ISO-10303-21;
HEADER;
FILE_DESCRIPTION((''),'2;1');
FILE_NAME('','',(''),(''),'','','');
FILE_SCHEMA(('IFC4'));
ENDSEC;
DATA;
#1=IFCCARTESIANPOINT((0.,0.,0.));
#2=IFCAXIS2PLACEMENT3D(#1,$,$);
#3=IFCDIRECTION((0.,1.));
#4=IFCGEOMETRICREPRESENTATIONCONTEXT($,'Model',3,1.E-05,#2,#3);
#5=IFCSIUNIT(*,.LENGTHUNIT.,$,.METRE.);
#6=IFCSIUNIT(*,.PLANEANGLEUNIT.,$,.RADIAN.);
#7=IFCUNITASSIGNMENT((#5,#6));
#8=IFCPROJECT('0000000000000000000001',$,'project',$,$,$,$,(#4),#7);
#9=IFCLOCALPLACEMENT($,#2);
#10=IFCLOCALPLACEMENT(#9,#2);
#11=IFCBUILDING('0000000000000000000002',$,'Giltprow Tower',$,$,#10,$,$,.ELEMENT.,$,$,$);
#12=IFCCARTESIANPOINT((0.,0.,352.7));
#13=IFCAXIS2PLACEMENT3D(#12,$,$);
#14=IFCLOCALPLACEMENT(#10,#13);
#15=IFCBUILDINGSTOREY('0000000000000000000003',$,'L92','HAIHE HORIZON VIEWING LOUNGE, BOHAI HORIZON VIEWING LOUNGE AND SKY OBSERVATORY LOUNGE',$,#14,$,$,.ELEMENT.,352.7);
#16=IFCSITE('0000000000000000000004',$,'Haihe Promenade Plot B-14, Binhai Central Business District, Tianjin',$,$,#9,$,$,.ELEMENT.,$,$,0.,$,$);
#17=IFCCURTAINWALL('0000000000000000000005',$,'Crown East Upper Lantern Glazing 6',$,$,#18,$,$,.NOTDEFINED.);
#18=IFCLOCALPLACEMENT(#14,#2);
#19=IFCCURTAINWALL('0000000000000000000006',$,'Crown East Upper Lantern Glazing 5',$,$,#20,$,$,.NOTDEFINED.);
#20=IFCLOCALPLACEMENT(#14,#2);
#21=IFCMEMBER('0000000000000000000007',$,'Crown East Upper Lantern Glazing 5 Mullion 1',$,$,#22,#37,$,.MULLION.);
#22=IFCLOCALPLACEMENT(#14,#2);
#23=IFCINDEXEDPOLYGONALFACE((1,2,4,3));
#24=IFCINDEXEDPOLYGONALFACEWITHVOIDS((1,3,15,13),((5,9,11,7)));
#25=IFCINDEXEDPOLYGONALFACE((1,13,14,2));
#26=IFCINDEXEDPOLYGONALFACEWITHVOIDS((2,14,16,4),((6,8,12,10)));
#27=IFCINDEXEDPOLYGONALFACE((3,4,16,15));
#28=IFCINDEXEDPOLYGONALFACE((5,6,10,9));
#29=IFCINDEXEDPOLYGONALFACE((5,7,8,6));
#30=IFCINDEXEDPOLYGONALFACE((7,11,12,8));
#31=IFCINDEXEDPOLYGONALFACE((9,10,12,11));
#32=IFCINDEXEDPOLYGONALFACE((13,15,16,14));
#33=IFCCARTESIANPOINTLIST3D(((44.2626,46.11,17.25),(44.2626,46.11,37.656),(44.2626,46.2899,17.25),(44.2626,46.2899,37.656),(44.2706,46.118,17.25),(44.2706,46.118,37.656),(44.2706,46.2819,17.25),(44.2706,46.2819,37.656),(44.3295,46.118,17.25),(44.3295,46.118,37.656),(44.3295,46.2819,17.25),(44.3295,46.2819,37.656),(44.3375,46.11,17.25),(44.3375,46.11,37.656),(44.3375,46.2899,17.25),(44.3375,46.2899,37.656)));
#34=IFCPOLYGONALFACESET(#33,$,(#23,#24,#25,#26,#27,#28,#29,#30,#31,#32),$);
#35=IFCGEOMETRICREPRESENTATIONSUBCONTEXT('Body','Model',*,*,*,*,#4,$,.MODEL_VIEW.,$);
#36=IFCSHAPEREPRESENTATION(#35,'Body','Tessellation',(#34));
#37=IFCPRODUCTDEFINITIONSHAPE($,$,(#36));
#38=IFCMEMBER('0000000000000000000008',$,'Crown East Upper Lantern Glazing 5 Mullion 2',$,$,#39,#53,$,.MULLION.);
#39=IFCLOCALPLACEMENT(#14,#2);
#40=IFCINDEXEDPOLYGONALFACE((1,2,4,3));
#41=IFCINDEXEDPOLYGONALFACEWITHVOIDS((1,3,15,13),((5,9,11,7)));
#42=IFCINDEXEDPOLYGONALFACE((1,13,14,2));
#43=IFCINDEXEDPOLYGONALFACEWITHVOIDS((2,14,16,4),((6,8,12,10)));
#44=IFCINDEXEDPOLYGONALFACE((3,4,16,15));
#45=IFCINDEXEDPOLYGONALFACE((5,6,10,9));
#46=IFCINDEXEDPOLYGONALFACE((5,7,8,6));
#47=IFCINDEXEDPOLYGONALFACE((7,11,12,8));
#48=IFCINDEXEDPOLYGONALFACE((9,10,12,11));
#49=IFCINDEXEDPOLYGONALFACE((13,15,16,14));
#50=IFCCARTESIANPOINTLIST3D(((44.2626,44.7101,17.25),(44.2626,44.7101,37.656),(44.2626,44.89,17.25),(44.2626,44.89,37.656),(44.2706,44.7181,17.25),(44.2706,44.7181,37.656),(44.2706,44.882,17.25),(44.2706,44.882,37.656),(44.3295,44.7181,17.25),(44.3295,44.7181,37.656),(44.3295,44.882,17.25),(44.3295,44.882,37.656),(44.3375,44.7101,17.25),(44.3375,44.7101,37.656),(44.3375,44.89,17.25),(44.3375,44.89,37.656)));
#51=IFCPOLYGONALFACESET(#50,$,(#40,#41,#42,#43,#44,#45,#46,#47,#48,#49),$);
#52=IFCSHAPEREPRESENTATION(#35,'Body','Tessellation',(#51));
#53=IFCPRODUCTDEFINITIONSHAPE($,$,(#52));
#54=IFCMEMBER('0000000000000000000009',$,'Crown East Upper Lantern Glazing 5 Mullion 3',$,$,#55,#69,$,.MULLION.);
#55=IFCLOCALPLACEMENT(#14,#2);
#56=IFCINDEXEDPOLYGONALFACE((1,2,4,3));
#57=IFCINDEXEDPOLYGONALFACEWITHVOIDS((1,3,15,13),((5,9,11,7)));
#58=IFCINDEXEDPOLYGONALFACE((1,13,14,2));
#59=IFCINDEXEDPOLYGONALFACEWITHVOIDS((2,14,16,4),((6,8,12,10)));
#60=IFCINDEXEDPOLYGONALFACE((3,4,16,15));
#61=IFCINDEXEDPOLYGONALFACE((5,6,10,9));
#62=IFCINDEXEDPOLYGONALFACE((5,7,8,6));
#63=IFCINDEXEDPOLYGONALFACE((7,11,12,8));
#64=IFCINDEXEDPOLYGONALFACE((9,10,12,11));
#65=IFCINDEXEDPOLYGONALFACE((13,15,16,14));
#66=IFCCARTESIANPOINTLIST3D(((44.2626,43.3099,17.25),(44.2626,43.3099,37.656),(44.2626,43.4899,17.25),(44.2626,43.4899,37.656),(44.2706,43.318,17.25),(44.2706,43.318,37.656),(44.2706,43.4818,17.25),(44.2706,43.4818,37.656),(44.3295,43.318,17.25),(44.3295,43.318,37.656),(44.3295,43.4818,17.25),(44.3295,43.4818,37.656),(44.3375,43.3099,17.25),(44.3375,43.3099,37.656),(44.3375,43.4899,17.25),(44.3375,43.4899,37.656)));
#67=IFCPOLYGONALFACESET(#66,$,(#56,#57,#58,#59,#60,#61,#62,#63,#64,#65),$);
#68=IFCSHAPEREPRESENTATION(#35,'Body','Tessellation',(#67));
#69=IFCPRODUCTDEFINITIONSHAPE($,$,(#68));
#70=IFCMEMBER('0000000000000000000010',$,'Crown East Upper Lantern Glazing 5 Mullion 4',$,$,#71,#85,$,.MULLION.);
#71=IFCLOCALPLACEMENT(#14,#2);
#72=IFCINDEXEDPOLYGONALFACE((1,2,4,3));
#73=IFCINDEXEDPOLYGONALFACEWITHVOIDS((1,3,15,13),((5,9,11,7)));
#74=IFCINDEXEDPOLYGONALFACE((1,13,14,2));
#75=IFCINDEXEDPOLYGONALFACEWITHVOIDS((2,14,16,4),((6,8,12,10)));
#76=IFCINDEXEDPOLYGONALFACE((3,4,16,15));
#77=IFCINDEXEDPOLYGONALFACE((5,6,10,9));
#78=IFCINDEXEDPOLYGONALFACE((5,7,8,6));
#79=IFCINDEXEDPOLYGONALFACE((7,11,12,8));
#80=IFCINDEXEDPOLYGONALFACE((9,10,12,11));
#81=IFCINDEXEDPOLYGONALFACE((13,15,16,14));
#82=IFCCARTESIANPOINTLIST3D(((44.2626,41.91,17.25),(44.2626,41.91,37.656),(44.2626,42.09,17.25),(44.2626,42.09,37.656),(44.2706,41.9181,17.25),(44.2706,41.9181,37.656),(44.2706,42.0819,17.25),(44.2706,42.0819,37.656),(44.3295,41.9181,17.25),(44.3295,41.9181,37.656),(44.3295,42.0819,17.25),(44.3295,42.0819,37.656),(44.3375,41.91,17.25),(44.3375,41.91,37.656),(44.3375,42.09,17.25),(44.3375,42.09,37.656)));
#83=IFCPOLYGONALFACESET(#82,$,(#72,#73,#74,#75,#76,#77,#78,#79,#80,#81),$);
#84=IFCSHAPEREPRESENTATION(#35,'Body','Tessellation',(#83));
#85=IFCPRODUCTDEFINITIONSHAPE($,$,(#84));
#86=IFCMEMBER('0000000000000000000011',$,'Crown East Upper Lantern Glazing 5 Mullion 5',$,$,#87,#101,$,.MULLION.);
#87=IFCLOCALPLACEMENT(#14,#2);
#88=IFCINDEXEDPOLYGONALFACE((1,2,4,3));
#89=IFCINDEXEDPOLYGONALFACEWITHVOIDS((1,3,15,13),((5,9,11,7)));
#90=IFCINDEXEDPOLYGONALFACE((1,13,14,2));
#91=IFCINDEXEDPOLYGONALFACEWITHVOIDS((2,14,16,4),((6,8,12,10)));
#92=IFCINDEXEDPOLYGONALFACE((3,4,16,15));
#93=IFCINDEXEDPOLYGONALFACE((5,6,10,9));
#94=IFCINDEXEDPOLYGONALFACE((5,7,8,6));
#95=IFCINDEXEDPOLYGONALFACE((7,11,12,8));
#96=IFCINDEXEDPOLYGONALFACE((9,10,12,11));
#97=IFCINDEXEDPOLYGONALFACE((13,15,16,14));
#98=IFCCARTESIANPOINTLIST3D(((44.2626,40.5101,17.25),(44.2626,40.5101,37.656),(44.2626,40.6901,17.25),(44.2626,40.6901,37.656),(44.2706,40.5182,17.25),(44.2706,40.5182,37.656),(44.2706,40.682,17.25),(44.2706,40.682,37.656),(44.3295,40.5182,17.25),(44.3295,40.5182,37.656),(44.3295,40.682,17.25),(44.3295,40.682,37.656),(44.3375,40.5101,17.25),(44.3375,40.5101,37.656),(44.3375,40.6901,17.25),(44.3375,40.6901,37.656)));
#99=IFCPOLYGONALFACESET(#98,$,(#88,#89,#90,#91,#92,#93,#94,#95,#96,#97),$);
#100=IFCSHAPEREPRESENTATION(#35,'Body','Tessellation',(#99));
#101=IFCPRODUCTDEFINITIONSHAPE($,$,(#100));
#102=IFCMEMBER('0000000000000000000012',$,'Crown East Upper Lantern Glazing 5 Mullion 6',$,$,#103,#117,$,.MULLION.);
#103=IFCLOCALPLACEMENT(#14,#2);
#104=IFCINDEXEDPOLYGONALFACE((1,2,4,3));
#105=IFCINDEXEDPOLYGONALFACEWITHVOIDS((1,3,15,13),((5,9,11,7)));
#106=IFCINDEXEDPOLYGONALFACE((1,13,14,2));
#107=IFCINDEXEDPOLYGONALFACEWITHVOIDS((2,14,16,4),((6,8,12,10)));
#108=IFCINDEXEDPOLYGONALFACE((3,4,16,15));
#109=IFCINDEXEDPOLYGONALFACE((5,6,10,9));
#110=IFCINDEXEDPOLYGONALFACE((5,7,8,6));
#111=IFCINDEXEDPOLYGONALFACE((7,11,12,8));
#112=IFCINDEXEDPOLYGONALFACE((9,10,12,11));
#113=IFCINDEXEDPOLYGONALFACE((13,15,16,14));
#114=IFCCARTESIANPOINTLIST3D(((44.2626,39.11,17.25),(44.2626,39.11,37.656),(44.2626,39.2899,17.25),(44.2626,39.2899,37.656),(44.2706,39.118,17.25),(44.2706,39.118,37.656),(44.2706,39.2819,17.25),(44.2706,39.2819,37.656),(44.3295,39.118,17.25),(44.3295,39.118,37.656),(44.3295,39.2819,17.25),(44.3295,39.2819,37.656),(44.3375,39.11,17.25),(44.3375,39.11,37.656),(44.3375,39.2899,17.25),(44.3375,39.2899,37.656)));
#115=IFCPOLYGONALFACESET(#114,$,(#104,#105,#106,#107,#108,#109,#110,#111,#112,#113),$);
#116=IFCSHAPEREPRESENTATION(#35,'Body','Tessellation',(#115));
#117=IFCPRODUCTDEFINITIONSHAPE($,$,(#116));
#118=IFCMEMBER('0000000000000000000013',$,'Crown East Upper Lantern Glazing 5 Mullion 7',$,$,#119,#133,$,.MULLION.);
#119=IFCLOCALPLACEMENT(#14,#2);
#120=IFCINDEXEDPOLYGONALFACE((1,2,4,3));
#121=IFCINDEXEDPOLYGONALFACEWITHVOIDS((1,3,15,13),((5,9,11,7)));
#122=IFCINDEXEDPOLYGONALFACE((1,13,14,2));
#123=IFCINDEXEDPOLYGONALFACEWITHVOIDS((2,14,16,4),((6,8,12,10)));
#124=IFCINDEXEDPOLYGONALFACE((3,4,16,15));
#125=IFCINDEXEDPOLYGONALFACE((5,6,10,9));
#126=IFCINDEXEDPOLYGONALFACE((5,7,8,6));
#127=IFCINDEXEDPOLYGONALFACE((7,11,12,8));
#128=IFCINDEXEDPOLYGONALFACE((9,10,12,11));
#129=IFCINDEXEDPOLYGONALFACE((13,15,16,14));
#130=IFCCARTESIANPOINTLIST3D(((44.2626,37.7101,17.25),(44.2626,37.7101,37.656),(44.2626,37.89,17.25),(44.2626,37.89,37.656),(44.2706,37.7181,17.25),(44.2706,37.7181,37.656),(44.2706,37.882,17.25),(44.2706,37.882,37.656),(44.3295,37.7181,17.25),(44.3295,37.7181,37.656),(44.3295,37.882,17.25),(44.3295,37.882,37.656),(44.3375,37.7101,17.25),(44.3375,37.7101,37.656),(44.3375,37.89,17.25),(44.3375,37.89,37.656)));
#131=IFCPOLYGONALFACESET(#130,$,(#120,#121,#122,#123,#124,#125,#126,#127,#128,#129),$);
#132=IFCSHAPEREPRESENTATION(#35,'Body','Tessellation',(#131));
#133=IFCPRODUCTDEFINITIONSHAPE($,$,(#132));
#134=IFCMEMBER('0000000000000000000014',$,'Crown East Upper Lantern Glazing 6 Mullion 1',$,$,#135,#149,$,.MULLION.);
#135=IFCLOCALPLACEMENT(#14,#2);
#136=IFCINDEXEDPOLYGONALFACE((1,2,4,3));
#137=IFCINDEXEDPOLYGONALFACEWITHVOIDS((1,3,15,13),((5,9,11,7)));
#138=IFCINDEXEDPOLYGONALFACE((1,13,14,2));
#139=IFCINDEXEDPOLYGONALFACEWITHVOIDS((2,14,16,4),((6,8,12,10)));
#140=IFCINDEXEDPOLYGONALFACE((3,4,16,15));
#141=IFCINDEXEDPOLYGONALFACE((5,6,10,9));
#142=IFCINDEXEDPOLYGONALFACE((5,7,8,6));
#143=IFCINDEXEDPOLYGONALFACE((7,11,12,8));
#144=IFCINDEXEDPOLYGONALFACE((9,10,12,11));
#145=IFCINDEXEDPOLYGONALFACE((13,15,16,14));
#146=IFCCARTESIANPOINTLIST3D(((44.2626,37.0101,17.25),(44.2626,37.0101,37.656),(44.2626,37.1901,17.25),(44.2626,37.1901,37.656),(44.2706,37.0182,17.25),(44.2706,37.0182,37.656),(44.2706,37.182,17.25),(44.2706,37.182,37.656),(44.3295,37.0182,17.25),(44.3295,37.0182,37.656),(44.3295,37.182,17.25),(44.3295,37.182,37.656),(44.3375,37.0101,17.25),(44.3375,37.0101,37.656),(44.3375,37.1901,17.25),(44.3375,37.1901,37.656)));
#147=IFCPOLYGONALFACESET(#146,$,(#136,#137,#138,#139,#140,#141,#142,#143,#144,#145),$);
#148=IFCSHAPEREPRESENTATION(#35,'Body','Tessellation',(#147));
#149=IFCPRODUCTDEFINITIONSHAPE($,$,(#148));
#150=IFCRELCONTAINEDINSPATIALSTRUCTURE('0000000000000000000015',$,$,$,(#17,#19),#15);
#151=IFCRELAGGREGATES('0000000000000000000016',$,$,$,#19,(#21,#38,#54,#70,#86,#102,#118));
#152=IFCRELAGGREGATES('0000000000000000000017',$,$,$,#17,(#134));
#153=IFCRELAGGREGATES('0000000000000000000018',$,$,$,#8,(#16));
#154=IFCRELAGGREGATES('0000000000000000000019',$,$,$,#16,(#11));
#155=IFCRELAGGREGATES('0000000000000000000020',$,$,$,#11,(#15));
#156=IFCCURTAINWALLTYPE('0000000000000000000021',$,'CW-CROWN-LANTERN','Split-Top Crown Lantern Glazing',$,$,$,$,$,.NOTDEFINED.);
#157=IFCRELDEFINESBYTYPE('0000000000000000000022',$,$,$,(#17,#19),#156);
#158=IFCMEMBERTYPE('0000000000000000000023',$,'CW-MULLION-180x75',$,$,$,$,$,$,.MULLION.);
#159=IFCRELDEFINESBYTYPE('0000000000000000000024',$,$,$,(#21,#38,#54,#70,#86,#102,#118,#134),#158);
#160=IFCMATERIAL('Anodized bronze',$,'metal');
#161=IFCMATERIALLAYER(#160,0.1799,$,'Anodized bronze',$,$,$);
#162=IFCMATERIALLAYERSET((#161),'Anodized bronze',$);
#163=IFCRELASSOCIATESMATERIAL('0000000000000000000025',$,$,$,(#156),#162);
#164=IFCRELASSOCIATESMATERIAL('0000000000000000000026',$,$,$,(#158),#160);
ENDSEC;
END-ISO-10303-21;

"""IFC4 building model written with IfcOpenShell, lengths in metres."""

from ifc_helpers import new_model, si_unit, direction, frame, origin, origin_2d, place, context, subcontext, project, spatial, hollow_rectangle, extrude, source, transform, mapped, material, layer, layer_set, material_profile, profile_set, type_object, element, aggregate, save


model = new_model("IFC4")

# Units and contexts
model_context = context("Model", 3, precision=1e-05, world=origin(), true_north=direction((0.0, 1.0)))
body_context = subcontext(model_context, "Body", "Model", "MODEL_VIEW")
ifc_project = project(units=[si_unit("LENGTHUNIT", "METRE"), si_unit("PLANEANGLEUNIT", "RADIAN")], contexts=[model_context])

# Site, building, storey
site_placement = place(None, origin())
site = spatial("IfcSite", under=ifc_project, at=site_placement, Name="Haihe Promenade Plot B-14, Binhai Central Business District, Tianjin", CompositionType="ELEMENT", RefElevation=0.0)
building_placement = place(site_placement, origin())
building = spatial("IfcBuilding", under=site, at=building_placement, Name="Giltprow Tower", CompositionType="ELEMENT")
storey_placement = place(building_placement, frame((0.0, 0.0, 352.7)))
storey = spatial("IfcBuildingStorey", under=building, at=storey_placement, Name="L92", Description="HAIHE HORIZON VIEWING LOUNGE, BOHAI HORIZON VIEWING LOUNGE AND SKY OBSERVATORY LOUNGE", CompositionType="ELEMENT", Elevation=352.7)

# Curtain walls
ifc_material_1 = material(Name="Anodized bronze", Category="metal")
ifc_layer = layer(ifc_material_1, 0.1799, Name="Anodized bronze")
ifc_layer_set = layer_set([ifc_layer], Name="Anodized bronze")
curtain_wall_type = type_object("IfcCurtainWallType", Name="CW-CROWN-LANTERN", Description="Split-Top Crown Lantern Glazing", PredefinedType="NOTDEFINED", material=ifc_layer_set)
curtain_wall_1_placement = place(storey_placement, origin())
curtain_wall_1 = element("IfcCurtainWall", 1, at=curtain_wall_1_placement, inside=storey, type_object=curtain_wall_type, Name="Crown East Upper Lantern Glazing 6", PredefinedType="NOTDEFINED")
curtain_wall_2_placement = place(storey_placement, origin())
curtain_wall_2 = element("IfcCurtainWall", 2, at=curtain_wall_2_placement, inside=storey, type_object=curtain_wall_type, Name="Crown East Upper Lantern Glazing 5", PredefinedType="NOTDEFINED")
ifc_material_profile_1 = material_profile(ifc_material_1, hollow_rectangle(XDim=0.075, YDim=0.1799, WallThickness=0.0081, at=origin_2d()), Name="RHS 180x75x8")
ifc_profile_set_1 = profile_set([ifc_material_profile_1], Name="Anodized bronze")
member_type_1 = type_object("IfcMemberType", Name="CW-MULLION-180x75", PredefinedType="MULLION", material=ifc_profile_set_1)
shared_shape_1 = source(origin(), body_context, "Body", "SweptSolid", [
    extrude(hollow_rectangle(XDim=0.075, YDim=0.1799, WallThickness=0.0081, at=origin_2d()), origin(), (0.0, 0.0, 1.0), 20.406),
])

# Members
member_1_placement = place(storey_placement, frame((44.3, 46.2, 17.25), z_axis=(0.0, 0.0, 1.0), x_axis=(1.0, 0.0, 0.0)))
member_1 = element("IfcMember", 3, at=member_1_placement, type_object=member_type_1, Name="Crown East Upper Lantern Glazing 5 Mullion 1", PredefinedType="MULLION", context=body_context, shape_type="MappedRepresentation", body=[
    mapped(shared_shape_1, transform((0.0, 0.0, 0.0), x_axis=(1.0, 0.0, 0.0), y_axis=(0.0, 1.0, 0.0), z_axis=(0.0, 0.0, 1.0), scale=1.0)),
])
member_2_placement = place(storey_placement, frame((44.3, 44.8, 17.25), z_axis=(0.0, 0.0, 1.0), x_axis=(1.0, 0.0, 0.0)))
member_2 = element("IfcMember", 4, at=member_2_placement, type_object=member_type_1, Name="Crown East Upper Lantern Glazing 5 Mullion 2", PredefinedType="MULLION", context=body_context, shape_type="MappedRepresentation", body=[
    mapped(shared_shape_1, transform((0.0, 0.0, 0.0), x_axis=(1.0, 0.0, 0.0), y_axis=(0.0, 1.0, 0.0), z_axis=(0.0, 0.0, 1.0), scale=1.0)),
])
member_3_placement = place(storey_placement, frame((44.3, 43.3999, 17.25), z_axis=(0.0, 0.0, 1.0), x_axis=(1.0, 0.0, 0.0)))
member_3 = element("IfcMember", 5, at=member_3_placement, type_object=member_type_1, Name="Crown East Upper Lantern Glazing 5 Mullion 3", PredefinedType="MULLION", context=body_context, shape_type="MappedRepresentation", body=[
    mapped(shared_shape_1, transform((0.0, 0.0, 0.0), x_axis=(1.0, 0.0, 0.0), y_axis=(0.0, 1.0, 0.0), z_axis=(0.0, 0.0, 1.0), scale=1.0)),
])
member_4_placement = place(storey_placement, frame((44.3, 42.0, 17.25), z_axis=(0.0, 0.0, 1.0), x_axis=(1.0, 0.0, 0.0)))
member_4 = element("IfcMember", 6, at=member_4_placement, type_object=member_type_1, Name="Crown East Upper Lantern Glazing 5 Mullion 4", PredefinedType="MULLION", context=body_context, shape_type="MappedRepresentation", body=[
    mapped(shared_shape_1, transform((0.0, 0.0, 0.0), x_axis=(1.0, 0.0, 0.0), y_axis=(0.0, 1.0, 0.0), z_axis=(0.0, 0.0, 1.0), scale=1.0)),
])
member_5_placement = place(storey_placement, frame((44.3, 40.6001, 17.25), z_axis=(0.0, 0.0, 1.0), x_axis=(1.0, 0.0, 0.0)))
member_5 = element("IfcMember", 7, at=member_5_placement, type_object=member_type_1, Name="Crown East Upper Lantern Glazing 5 Mullion 5", PredefinedType="MULLION", context=body_context, shape_type="MappedRepresentation", body=[
    mapped(shared_shape_1, transform((0.0, 0.0, 0.0), x_axis=(1.0, 0.0, 0.0), y_axis=(0.0, 1.0, 0.0), z_axis=(0.0, 0.0, 1.0), scale=1.0)),
])
member_6_placement = place(storey_placement, frame((44.3, 39.2, 17.25), z_axis=(0.0, 0.0, 1.0), x_axis=(1.0, 0.0, 0.0)))
member_6 = element("IfcMember", 8, at=member_6_placement, type_object=member_type_1, Name="Crown East Upper Lantern Glazing 5 Mullion 6", PredefinedType="MULLION", context=body_context, shape_type="MappedRepresentation", body=[
    mapped(shared_shape_1, transform((0.0, 0.0, 0.0), x_axis=(1.0, 0.0, 0.0), y_axis=(0.0, 1.0, 0.0), z_axis=(0.0, 0.0, 1.0), scale=1.0)),
])
member_7_placement = place(storey_placement, frame((44.3, 37.8, 17.25), z_axis=(0.0, 0.0, 1.0), x_axis=(1.0, 0.0, 0.0)))
member_7 = element("IfcMember", 9, at=member_7_placement, type_object=member_type_1, Name="Crown East Upper Lantern Glazing 5 Mullion 7", PredefinedType="MULLION", context=body_context, shape_type="MappedRepresentation", body=[
    mapped(shared_shape_1, transform((0.0, 0.0, 0.0), x_axis=(1.0, 0.0, 0.0), y_axis=(0.0, 1.0, 0.0), z_axis=(0.0, 0.0, 1.0), scale=1.0)),
])
aggregate(curtain_wall_2, [member_1, member_2, member_3, member_4, member_5, member_6, member_7])
member_8_placement = place(storey_placement, frame((44.3, 37.1001, 17.25), z_axis=(0.0, 0.0, 1.0), x_axis=(1.0, 0.0, 0.0)))
member_8 = element("IfcMember", 10, at=member_8_placement, type_object=member_type_1, Name="Crown East Upper Lantern Glazing 6 Mullion 1", PredefinedType="MULLION", context=body_context, shape_type="MappedRepresentation", body=[
    mapped(shared_shape_1, transform((0.0, 0.0, 0.0), x_axis=(1.0, 0.0, 0.0), y_axis=(0.0, 1.0, 0.0), z_axis=(0.0, 0.0, 1.0), scale=1.0)),
])
aggregate(curtain_wall_1, [member_8])

save(model, "model.ifc")
